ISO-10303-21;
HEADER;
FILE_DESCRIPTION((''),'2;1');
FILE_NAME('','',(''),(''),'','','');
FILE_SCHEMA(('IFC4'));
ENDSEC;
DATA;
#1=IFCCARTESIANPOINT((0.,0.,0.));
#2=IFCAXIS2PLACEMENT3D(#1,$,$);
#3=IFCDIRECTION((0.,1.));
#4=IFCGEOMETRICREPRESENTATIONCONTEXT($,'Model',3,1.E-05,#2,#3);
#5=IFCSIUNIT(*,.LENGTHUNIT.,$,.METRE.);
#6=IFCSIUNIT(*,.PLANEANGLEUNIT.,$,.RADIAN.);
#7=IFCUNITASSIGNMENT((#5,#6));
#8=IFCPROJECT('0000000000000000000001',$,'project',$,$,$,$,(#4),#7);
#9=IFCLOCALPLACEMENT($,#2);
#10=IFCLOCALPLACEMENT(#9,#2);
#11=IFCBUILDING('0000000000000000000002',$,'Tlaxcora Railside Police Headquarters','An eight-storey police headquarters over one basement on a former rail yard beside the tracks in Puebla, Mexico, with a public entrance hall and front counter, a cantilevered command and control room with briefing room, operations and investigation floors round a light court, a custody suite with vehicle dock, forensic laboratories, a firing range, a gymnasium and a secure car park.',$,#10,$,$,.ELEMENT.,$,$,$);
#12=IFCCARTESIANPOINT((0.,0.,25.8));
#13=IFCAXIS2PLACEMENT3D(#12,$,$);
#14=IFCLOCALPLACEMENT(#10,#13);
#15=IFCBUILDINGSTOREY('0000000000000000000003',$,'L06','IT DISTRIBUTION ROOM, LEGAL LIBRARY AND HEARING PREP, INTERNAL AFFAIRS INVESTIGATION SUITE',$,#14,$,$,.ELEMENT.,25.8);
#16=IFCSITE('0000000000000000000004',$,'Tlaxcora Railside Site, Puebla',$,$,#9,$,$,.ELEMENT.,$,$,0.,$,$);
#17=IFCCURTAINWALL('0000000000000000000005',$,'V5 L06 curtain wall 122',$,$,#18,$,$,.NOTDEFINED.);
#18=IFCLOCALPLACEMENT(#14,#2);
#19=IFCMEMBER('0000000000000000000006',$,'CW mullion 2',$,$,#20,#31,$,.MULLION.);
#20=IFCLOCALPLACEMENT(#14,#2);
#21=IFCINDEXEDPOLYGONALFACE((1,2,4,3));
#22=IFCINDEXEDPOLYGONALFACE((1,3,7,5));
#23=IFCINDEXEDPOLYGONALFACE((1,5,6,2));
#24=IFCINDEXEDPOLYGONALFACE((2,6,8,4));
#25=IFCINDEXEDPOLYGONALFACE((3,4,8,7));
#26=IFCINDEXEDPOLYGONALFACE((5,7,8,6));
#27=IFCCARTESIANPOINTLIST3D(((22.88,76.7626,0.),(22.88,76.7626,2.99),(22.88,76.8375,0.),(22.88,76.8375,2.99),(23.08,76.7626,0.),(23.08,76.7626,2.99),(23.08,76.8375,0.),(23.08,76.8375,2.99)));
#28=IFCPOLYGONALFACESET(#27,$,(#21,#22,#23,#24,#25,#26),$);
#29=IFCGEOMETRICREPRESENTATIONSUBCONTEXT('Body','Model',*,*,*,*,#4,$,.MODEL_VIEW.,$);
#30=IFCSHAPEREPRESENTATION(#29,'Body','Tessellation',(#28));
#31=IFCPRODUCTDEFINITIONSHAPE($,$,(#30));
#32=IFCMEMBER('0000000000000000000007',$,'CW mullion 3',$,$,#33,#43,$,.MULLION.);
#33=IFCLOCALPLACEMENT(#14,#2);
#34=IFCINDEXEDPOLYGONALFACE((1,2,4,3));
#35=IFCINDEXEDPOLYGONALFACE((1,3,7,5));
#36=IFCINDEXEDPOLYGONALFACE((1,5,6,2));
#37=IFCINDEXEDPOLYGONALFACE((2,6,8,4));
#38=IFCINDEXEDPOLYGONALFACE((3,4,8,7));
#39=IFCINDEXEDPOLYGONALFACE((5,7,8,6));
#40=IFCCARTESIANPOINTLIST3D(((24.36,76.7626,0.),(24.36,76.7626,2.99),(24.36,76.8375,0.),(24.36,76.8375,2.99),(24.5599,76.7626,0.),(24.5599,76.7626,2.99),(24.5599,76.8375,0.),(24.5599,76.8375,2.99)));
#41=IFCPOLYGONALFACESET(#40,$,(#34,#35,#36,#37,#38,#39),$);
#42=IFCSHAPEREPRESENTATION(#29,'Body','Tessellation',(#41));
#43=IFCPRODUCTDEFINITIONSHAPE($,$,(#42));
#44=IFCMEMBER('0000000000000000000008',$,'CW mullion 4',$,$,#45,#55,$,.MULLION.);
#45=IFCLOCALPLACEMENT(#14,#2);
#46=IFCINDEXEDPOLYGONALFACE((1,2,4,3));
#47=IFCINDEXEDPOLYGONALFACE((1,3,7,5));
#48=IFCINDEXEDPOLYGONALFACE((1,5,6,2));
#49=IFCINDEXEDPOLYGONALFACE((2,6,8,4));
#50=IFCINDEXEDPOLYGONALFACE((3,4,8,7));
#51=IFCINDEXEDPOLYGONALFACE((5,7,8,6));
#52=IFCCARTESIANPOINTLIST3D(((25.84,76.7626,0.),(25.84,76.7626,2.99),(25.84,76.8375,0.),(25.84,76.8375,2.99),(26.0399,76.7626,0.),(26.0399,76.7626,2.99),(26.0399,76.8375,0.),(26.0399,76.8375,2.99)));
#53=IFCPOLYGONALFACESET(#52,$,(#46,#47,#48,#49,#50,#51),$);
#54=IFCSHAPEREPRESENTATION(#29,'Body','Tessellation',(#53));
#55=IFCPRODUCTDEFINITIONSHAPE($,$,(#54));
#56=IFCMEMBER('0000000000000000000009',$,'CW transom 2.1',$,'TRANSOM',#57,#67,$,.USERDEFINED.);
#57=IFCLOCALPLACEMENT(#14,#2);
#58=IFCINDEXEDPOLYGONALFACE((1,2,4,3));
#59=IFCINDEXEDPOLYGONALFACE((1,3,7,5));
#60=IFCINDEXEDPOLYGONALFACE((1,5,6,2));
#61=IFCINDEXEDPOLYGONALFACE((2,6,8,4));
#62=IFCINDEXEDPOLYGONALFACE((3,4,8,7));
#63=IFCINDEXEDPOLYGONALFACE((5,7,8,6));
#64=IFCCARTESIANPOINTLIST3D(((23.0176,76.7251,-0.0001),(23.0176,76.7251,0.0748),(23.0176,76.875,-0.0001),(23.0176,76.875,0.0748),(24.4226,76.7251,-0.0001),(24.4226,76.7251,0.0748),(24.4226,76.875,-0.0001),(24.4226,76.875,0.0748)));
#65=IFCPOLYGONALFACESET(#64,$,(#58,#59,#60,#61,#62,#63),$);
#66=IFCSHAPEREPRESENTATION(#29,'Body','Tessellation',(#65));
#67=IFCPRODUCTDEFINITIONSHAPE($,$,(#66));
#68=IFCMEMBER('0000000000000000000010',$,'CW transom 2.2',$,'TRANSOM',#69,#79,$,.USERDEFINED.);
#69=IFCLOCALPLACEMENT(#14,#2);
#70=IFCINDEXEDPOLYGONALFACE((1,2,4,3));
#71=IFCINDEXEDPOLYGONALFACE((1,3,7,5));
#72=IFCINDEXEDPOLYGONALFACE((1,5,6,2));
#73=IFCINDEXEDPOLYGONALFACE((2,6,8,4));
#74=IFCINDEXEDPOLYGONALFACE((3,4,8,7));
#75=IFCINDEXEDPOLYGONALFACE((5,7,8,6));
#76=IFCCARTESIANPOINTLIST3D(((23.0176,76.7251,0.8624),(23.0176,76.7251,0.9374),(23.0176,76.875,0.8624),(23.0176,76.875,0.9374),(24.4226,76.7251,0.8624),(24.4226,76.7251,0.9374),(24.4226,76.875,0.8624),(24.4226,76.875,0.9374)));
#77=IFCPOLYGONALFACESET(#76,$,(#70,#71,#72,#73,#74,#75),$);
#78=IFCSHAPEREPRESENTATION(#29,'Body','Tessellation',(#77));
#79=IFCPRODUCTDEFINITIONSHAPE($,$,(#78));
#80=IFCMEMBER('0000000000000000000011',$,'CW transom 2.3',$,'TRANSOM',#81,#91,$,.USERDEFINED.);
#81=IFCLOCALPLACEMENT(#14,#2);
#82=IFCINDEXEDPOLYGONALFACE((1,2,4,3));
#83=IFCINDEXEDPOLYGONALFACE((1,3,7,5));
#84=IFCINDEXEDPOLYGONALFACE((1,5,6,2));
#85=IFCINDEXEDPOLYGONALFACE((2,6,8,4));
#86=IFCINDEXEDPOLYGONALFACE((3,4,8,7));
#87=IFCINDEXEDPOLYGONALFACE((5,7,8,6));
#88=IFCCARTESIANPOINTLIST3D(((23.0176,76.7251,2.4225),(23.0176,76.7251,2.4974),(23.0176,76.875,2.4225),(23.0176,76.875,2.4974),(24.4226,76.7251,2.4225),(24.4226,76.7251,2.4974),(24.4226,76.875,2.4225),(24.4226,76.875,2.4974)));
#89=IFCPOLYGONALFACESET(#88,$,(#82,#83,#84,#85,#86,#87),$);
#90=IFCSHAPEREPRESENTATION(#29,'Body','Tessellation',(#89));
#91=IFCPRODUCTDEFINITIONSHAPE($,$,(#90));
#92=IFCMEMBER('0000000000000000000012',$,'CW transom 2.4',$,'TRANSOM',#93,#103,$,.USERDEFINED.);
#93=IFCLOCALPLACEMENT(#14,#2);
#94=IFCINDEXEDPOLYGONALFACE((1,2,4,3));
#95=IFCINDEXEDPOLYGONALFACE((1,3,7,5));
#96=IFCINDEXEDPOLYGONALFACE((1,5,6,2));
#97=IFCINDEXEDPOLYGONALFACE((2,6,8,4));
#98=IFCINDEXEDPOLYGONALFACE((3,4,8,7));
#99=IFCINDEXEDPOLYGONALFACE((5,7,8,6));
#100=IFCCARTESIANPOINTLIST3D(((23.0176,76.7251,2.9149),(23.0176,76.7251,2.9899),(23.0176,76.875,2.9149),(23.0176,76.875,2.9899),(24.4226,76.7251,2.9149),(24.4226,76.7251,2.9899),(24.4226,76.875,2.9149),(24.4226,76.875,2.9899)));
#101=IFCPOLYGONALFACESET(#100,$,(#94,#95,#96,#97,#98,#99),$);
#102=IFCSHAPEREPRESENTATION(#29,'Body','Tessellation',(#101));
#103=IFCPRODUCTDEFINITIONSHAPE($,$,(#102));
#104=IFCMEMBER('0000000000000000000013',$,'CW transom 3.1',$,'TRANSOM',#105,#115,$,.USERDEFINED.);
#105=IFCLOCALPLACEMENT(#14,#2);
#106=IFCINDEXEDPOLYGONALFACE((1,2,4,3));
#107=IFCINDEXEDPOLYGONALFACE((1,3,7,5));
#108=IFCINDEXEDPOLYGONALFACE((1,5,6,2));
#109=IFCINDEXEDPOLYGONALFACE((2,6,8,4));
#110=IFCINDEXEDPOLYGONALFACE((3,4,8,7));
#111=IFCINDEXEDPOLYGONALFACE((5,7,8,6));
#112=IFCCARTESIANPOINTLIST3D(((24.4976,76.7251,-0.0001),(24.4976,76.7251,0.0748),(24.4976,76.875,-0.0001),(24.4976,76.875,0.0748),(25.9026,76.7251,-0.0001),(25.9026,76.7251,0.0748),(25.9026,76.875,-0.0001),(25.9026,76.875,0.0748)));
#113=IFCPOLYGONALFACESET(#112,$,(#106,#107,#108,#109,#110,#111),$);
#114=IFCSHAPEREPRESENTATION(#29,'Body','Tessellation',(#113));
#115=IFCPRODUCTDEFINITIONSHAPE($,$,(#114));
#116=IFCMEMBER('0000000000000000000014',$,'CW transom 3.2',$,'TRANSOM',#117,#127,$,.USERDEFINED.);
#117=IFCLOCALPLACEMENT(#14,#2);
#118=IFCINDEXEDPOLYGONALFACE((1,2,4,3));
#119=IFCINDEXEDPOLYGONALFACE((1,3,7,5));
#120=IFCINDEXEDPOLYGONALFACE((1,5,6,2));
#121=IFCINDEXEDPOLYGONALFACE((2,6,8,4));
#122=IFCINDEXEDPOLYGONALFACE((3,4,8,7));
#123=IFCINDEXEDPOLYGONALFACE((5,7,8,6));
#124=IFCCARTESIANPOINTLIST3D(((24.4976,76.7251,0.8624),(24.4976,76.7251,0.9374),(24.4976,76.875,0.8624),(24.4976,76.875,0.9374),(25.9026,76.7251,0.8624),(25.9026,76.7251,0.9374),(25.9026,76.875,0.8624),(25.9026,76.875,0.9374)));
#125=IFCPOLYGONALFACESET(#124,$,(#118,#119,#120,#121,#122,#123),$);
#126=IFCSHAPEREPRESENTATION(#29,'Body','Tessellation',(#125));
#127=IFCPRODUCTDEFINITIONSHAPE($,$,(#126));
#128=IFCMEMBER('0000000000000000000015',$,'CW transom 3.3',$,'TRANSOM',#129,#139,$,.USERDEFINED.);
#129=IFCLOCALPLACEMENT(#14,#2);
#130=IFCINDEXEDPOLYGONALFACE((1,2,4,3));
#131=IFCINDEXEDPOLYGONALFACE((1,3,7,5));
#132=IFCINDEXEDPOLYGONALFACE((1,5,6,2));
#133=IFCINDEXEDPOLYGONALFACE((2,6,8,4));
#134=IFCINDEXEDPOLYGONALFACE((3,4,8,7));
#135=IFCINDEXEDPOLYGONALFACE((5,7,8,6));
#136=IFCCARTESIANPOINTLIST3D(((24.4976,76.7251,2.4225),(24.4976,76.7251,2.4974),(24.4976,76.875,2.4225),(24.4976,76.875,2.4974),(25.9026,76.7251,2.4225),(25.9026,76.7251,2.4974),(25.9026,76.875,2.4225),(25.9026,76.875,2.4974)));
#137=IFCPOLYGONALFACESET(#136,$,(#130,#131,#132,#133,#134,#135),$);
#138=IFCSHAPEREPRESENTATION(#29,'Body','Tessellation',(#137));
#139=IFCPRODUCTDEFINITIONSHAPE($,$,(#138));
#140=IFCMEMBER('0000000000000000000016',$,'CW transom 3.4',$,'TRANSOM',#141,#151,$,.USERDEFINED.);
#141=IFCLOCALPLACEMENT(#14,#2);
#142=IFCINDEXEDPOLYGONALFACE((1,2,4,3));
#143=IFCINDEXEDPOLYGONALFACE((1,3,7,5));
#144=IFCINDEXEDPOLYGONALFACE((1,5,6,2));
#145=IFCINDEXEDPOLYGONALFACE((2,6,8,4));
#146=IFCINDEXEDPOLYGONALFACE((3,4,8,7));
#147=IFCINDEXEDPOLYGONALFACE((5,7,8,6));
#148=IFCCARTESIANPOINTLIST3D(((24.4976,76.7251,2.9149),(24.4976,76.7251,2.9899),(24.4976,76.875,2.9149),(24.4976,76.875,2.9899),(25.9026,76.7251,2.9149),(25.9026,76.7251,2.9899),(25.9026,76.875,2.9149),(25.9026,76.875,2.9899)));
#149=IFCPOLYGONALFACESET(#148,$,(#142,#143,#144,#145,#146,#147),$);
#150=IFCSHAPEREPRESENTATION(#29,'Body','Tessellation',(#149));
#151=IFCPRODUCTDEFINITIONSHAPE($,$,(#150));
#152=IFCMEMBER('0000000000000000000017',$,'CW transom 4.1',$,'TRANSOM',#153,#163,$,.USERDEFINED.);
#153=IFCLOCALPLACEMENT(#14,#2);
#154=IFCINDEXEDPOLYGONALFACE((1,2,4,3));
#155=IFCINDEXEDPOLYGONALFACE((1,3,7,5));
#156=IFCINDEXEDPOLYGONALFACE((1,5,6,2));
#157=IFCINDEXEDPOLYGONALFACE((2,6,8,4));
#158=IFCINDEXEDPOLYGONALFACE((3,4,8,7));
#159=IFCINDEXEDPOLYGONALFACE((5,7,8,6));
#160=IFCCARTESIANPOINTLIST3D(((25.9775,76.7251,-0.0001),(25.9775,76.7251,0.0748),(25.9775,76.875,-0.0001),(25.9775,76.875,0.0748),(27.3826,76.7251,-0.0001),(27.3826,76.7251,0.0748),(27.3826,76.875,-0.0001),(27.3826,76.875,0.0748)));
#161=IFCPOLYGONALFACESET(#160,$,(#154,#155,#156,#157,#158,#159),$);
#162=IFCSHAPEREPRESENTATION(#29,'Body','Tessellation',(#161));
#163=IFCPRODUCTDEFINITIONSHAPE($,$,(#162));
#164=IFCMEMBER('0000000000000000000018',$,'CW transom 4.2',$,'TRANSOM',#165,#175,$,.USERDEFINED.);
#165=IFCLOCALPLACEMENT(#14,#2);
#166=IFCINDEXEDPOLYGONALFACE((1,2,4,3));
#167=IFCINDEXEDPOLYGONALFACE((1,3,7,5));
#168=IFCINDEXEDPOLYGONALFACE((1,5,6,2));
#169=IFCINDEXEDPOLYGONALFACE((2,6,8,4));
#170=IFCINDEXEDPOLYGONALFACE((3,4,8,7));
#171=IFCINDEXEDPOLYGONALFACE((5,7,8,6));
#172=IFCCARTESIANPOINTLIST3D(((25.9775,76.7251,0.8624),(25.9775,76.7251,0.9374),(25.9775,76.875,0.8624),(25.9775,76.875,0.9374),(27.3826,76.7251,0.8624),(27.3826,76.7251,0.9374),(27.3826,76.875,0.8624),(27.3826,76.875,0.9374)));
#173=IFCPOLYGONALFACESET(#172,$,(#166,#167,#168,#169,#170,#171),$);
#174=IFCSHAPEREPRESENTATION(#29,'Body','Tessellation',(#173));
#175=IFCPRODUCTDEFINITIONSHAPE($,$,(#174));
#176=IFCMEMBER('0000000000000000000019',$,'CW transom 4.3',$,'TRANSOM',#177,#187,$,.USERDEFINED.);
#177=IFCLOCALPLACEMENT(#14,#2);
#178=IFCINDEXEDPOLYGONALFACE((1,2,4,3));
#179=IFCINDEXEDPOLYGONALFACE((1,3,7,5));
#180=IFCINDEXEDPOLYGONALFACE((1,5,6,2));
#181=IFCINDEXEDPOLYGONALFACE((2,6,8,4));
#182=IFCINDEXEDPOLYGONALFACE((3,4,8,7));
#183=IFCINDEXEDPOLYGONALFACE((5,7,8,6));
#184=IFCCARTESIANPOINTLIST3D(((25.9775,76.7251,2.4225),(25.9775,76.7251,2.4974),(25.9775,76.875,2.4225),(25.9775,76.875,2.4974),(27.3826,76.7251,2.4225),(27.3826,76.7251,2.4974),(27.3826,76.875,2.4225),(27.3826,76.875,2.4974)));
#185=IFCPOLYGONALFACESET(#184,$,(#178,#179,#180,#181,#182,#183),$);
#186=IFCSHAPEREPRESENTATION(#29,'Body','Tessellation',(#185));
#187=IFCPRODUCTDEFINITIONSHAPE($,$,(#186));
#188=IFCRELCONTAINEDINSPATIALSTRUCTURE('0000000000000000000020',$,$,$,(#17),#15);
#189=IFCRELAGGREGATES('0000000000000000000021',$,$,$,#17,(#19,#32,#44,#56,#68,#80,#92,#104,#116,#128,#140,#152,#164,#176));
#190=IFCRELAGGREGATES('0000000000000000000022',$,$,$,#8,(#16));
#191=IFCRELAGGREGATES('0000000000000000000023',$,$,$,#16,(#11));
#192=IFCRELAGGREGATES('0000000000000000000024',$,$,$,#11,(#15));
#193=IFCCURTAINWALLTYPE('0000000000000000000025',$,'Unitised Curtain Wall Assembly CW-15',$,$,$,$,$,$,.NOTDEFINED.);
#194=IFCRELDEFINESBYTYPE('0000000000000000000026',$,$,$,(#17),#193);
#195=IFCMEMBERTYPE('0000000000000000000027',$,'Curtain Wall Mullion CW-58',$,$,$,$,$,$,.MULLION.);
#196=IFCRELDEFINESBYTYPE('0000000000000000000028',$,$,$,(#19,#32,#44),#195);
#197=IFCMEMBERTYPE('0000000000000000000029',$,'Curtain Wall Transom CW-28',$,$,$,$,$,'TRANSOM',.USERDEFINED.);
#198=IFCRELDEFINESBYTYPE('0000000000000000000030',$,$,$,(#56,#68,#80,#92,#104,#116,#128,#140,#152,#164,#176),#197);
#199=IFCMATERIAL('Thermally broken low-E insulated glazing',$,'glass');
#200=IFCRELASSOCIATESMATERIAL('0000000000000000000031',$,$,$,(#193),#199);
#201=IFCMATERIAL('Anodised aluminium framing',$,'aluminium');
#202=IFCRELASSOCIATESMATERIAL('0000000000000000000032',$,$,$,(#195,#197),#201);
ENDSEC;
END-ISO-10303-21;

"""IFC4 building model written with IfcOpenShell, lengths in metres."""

from ifc_helpers import new_model, si_unit, direction, frame, origin, origin_2d, place, context, subcontext, project, spatial, rectangle, extrude, material, material_profile, profile_set, type_object, element, aggregate, save


model = new_model("IFC4")

# Units and contexts
model_context = context("Model", 3, precision=1e-05, world=origin(), true_north=direction((0.0, 1.0)))
body_context = subcontext(model_context, "Body", "Model", "MODEL_VIEW")
ifc_project = project(units=[si_unit("LENGTHUNIT", "METRE"), si_unit("PLANEANGLEUNIT", "RADIAN")], contexts=[model_context])

# Site, building, storey
site_placement = place(None, origin())
site = spatial("IfcSite", under=ifc_project, at=site_placement, Name="Tlaxcora Railside Site, Puebla", CompositionType="ELEMENT", RefElevation=0.0)
building_placement = place(site_placement, origin())
building = spatial("IfcBuilding", under=site, at=building_placement, Name="Tlaxcora Railside Police Headquarters", Description="An eight-storey police headquarters over one basement on a former rail yard beside the tracks in Puebla, Mexico, with a public entrance hall and front counter, a cantilevered command and control room with briefing room, operations and investigation floors round a light court, a custody suite with vehicle dock, forensic laboratories, a firing range, a gymnasium and a secure car park.", CompositionType="ELEMENT")
storey_placement = place(building_placement, frame((0.0, 0.0, 25.8)))
storey = spatial("IfcBuildingStorey", under=building, at=storey_placement, Name="L06", Description="IT DISTRIBUTION ROOM, LEGAL LIBRARY AND HEARING PREP, INTERNAL AFFAIRS INVESTIGATION SUITE", CompositionType="ELEMENT", Elevation=25.8)

# Curtain wall, members
ifc_material_1 = material(Name="Thermally broken low-E insulated glazing", Category="glass")
curtain_wall_type = type_object("IfcCurtainWallType", Name="Unitised Curtain Wall Assembly CW-15", PredefinedType="NOTDEFINED", material=ifc_material_1)
curtain_wall_placement = place(storey_placement, origin())
curtain_wall = element("IfcCurtainWall", 1, at=curtain_wall_placement, inside=storey, type_object=curtain_wall_type, Name="V5 L06 curtain wall 122", PredefinedType="NOTDEFINED")
ifc_material_2 = material(Name="Anodised aluminium framing", Category="aluminium")
ifc_material_profile_1 = material_profile(ifc_material_2, rectangle(XDim=0.075, YDim=0.2, at=origin_2d()), Name="AL75X200")
ifc_profile_set_1 = profile_set([ifc_material_profile_1], Name="Anodised aluminium framing")
member_type_1 = type_object("IfcMemberType", Name="Curtain Wall Mullion CW-58", PredefinedType="MULLION", material=ifc_profile_set_1)
member_1_placement = place(storey_placement, frame((22.98, 76.8, 0.0), z_axis=(0.0, 0.0, 1.0), x_axis=(0.0, 1.0, 0.0)))
member_1 = element("IfcMember", 2, at=member_1_placement, type_object=member_type_1, Name="CW mullion 2", PredefinedType="MULLION", context=body_context, shape_type="SweptSolid", body=[
    extrude(rectangle(XDim=0.075, YDim=0.2, at=origin_2d()), origin(), (0.0, 0.0, 1.0), 2.99),
])
member_2_placement = place(storey_placement, frame((24.46, 76.8, 0.0), z_axis=(0.0, 0.0, 1.0), x_axis=(0.0, 1.0, 0.0)))
member_2 = element("IfcMember", 3, at=member_2_placement, type_object=member_type_1, Name="CW mullion 3", PredefinedType="MULLION", context=body_context, shape_type="SweptSolid", body=[
    extrude(rectangle(XDim=0.075, YDim=0.2, at=origin_2d()), origin(), (0.0, 0.0, 1.0), 2.99),
])
member_3_placement = place(storey_placement, frame((25.9399, 76.8, 0.0), z_axis=(0.0, 0.0, 1.0), x_axis=(0.0, 1.0, 0.0)))
member_3 = element("IfcMember", 4, at=member_3_placement, type_object=member_type_1, Name="CW mullion 4", PredefinedType="MULLION", context=body_context, shape_type="SweptSolid", body=[
    extrude(rectangle(XDim=0.075, YDim=0.2, at=origin_2d()), origin(), (0.0, 0.0, 1.0), 2.99),
])
ifc_material_profile_2 = material_profile(ifc_material_2, rectangle(XDim=0.1499, YDim=0.075, at=origin_2d()), Name="AL75X150")
ifc_profile_set_2 = profile_set([ifc_material_profile_2], Name="Anodised aluminium framing")
member_type_2 = type_object("IfcMemberType", Name="Curtain Wall Transom CW-28", ElementType="TRANSOM", PredefinedType="USERDEFINED", material=ifc_profile_set_2)
member_4_placement = place(storey_placement, frame((23.0176, 76.8, 0.0374), z_axis=(1.0, 0.0, 0.0), x_axis=(0.0, 1.0, 0.0)))
member_4 = element("IfcMember", 5, at=member_4_placement, type_object=member_type_2, Name="CW transom 2.1", ObjectType="TRANSOM", PredefinedType="USERDEFINED", context=body_context, shape_type="SweptSolid", body=[
    extrude(rectangle(XDim=0.1499, YDim=0.075, at=origin_2d()), origin(), (0.0, 0.0, 1.0), 1.405),
])
member_5_placement = place(storey_placement, frame((23.0176, 76.8, 0.8999), z_axis=(1.0, 0.0, 0.0), x_axis=(0.0, 1.0, 0.0)))
member_5 = element("IfcMember", 6, at=member_5_placement, type_object=member_type_2, Name="CW transom 2.2", ObjectType="TRANSOM", PredefinedType="USERDEFINED", context=body_context, shape_type="SweptSolid", body=[
    extrude(rectangle(XDim=0.1499, YDim=0.075, at=origin_2d()), origin(), (0.0, 0.0, 1.0), 1.405),
])
member_6_placement = place(storey_placement, frame((23.0176, 76.8, 2.46), z_axis=(1.0, 0.0, 0.0), x_axis=(0.0, 1.0, 0.0)))
member_6 = element("IfcMember", 7, at=member_6_placement, type_object=member_type_2, Name="CW transom 2.3", ObjectType="TRANSOM", PredefinedType="USERDEFINED", context=body_context, shape_type="SweptSolid", body=[
    extrude(rectangle(XDim=0.1499, YDim=0.075, at=origin_2d()), origin(), (0.0, 0.0, 1.0), 1.405),
])
member_7_placement = place(storey_placement, frame((23.0176, 76.8, 2.9524), z_axis=(1.0, 0.0, 0.0), x_axis=(0.0, 1.0, 0.0)))
member_7 = element("IfcMember", 8, at=member_7_placement, type_object=member_type_2, Name="CW transom 2.4", ObjectType="TRANSOM", PredefinedType="USERDEFINED", context=body_context, shape_type="SweptSolid", body=[
    extrude(rectangle(XDim=0.1499, YDim=0.075, at=origin_2d()), origin(), (0.0, 0.0, 1.0), 1.405),
])
member_8_placement = place(storey_placement, frame((24.4976, 76.8, 0.0374), z_axis=(1.0, 0.0, 0.0), x_axis=(0.0, 1.0, 0.0)))
member_8 = element("IfcMember", 9, at=member_8_placement, type_object=member_type_2, Name="CW transom 3.1", ObjectType="TRANSOM", PredefinedType="USERDEFINED", context=body_context, shape_type="SweptSolid", body=[
    extrude(rectangle(XDim=0.1499, YDim=0.075, at=origin_2d()), origin(), (0.0, 0.0, 1.0), 1.405),
])
member_9_placement = place(storey_placement, frame((24.4976, 76.8, 0.8999), z_axis=(1.0, 0.0, 0.0), x_axis=(0.0, 1.0, 0.0)))
member_9 = element("IfcMember", 10, at=member_9_placement, type_object=member_type_2, Name="CW transom 3.2", ObjectType="TRANSOM", PredefinedType="USERDEFINED", context=body_context, shape_type="SweptSolid", body=[
    extrude(rectangle(XDim=0.1499, YDim=0.075, at=origin_2d()), origin(), (0.0, 0.0, 1.0), 1.405),
])
member_10_placement = place(storey_placement, frame((24.4976, 76.8, 2.46), z_axis=(1.0, 0.0, 0.0), x_axis=(0.0, 1.0, 0.0)))
member_10 = element("IfcMember", 11, at=member_10_placement, type_object=member_type_2, Name="CW transom 3.3", ObjectType="TRANSOM", PredefinedType="USERDEFINED", context=body_context, shape_type="SweptSolid", body=[
    extrude(rectangle(XDim=0.1499, YDim=0.075, at=origin_2d()), origin(), (0.0, 0.0, 1.0), 1.405),
])
member_11_placement = place(storey_placement, frame((24.4976, 76.8, 2.9524), z_axis=(1.0, 0.0, 0.0), x_axis=(0.0, 1.0, 0.0)))
member_11 = element("IfcMember", 12, at=member_11_placement, type_object=member_type_2, Name="CW transom 3.4", ObjectType="TRANSOM", PredefinedType="USERDEFINED", context=body_context, shape_type="SweptSolid", body=[
    extrude(rectangle(XDim=0.1499, YDim=0.075, at=origin_2d()), origin(), (0.0, 0.0, 1.0), 1.405),
])
member_12_placement = place(storey_placement, frame((25.9775, 76.8, 0.0374), z_axis=(1.0, 0.0, 0.0), x_axis=(0.0, 1.0, 0.0)))
member_12 = element("IfcMember", 13, at=member_12_placement, type_object=member_type_2, Name="CW transom 4.1", ObjectType="TRANSOM", PredefinedType="USERDEFINED", context=body_context, shape_type="SweptSolid", body=[
    extrude(rectangle(XDim=0.1499, YDim=0.075, at=origin_2d()), origin(), (0.0, 0.0, 1.0), 1.405),
])
member_13_placement = place(storey_placement, frame((25.9775, 76.8, 0.8999), z_axis=(1.0, 0.0, 0.0), x_axis=(0.0, 1.0, 0.0)))
member_13 = element("IfcMember", 14, at=member_13_placement, type_object=member_type_2, Name="CW transom 4.2", ObjectType="TRANSOM", PredefinedType="USERDEFINED", context=body_context, shape_type="SweptSolid", body=[
    extrude(rectangle(XDim=0.1499, YDim=0.075, at=origin_2d()), origin(), (0.0, 0.0, 1.0), 1.405),
])
member_14_placement = place(storey_placement, frame((25.9775, 76.8, 2.46), z_axis=(1.0, 0.0, 0.0), x_axis=(0.0, 1.0, 0.0)))
member_14 = element("IfcMember", 15, at=member_14_placement, type_object=member_type_2, Name="CW transom 4.3", ObjectType="TRANSOM", PredefinedType="USERDEFINED", context=body_context, shape_type="SweptSolid", body=[
    extrude(rectangle(XDim=0.1499, YDim=0.075, at=origin_2d()), origin(), (0.0, 0.0, 1.0), 1.405),
])
aggregate(curtain_wall, [member_1, member_2, member_3, member_4, member_5, member_6, member_7, member_8, member_9, member_10, member_11, member_12, member_13, member_14])

save(model, "model.ifc")
